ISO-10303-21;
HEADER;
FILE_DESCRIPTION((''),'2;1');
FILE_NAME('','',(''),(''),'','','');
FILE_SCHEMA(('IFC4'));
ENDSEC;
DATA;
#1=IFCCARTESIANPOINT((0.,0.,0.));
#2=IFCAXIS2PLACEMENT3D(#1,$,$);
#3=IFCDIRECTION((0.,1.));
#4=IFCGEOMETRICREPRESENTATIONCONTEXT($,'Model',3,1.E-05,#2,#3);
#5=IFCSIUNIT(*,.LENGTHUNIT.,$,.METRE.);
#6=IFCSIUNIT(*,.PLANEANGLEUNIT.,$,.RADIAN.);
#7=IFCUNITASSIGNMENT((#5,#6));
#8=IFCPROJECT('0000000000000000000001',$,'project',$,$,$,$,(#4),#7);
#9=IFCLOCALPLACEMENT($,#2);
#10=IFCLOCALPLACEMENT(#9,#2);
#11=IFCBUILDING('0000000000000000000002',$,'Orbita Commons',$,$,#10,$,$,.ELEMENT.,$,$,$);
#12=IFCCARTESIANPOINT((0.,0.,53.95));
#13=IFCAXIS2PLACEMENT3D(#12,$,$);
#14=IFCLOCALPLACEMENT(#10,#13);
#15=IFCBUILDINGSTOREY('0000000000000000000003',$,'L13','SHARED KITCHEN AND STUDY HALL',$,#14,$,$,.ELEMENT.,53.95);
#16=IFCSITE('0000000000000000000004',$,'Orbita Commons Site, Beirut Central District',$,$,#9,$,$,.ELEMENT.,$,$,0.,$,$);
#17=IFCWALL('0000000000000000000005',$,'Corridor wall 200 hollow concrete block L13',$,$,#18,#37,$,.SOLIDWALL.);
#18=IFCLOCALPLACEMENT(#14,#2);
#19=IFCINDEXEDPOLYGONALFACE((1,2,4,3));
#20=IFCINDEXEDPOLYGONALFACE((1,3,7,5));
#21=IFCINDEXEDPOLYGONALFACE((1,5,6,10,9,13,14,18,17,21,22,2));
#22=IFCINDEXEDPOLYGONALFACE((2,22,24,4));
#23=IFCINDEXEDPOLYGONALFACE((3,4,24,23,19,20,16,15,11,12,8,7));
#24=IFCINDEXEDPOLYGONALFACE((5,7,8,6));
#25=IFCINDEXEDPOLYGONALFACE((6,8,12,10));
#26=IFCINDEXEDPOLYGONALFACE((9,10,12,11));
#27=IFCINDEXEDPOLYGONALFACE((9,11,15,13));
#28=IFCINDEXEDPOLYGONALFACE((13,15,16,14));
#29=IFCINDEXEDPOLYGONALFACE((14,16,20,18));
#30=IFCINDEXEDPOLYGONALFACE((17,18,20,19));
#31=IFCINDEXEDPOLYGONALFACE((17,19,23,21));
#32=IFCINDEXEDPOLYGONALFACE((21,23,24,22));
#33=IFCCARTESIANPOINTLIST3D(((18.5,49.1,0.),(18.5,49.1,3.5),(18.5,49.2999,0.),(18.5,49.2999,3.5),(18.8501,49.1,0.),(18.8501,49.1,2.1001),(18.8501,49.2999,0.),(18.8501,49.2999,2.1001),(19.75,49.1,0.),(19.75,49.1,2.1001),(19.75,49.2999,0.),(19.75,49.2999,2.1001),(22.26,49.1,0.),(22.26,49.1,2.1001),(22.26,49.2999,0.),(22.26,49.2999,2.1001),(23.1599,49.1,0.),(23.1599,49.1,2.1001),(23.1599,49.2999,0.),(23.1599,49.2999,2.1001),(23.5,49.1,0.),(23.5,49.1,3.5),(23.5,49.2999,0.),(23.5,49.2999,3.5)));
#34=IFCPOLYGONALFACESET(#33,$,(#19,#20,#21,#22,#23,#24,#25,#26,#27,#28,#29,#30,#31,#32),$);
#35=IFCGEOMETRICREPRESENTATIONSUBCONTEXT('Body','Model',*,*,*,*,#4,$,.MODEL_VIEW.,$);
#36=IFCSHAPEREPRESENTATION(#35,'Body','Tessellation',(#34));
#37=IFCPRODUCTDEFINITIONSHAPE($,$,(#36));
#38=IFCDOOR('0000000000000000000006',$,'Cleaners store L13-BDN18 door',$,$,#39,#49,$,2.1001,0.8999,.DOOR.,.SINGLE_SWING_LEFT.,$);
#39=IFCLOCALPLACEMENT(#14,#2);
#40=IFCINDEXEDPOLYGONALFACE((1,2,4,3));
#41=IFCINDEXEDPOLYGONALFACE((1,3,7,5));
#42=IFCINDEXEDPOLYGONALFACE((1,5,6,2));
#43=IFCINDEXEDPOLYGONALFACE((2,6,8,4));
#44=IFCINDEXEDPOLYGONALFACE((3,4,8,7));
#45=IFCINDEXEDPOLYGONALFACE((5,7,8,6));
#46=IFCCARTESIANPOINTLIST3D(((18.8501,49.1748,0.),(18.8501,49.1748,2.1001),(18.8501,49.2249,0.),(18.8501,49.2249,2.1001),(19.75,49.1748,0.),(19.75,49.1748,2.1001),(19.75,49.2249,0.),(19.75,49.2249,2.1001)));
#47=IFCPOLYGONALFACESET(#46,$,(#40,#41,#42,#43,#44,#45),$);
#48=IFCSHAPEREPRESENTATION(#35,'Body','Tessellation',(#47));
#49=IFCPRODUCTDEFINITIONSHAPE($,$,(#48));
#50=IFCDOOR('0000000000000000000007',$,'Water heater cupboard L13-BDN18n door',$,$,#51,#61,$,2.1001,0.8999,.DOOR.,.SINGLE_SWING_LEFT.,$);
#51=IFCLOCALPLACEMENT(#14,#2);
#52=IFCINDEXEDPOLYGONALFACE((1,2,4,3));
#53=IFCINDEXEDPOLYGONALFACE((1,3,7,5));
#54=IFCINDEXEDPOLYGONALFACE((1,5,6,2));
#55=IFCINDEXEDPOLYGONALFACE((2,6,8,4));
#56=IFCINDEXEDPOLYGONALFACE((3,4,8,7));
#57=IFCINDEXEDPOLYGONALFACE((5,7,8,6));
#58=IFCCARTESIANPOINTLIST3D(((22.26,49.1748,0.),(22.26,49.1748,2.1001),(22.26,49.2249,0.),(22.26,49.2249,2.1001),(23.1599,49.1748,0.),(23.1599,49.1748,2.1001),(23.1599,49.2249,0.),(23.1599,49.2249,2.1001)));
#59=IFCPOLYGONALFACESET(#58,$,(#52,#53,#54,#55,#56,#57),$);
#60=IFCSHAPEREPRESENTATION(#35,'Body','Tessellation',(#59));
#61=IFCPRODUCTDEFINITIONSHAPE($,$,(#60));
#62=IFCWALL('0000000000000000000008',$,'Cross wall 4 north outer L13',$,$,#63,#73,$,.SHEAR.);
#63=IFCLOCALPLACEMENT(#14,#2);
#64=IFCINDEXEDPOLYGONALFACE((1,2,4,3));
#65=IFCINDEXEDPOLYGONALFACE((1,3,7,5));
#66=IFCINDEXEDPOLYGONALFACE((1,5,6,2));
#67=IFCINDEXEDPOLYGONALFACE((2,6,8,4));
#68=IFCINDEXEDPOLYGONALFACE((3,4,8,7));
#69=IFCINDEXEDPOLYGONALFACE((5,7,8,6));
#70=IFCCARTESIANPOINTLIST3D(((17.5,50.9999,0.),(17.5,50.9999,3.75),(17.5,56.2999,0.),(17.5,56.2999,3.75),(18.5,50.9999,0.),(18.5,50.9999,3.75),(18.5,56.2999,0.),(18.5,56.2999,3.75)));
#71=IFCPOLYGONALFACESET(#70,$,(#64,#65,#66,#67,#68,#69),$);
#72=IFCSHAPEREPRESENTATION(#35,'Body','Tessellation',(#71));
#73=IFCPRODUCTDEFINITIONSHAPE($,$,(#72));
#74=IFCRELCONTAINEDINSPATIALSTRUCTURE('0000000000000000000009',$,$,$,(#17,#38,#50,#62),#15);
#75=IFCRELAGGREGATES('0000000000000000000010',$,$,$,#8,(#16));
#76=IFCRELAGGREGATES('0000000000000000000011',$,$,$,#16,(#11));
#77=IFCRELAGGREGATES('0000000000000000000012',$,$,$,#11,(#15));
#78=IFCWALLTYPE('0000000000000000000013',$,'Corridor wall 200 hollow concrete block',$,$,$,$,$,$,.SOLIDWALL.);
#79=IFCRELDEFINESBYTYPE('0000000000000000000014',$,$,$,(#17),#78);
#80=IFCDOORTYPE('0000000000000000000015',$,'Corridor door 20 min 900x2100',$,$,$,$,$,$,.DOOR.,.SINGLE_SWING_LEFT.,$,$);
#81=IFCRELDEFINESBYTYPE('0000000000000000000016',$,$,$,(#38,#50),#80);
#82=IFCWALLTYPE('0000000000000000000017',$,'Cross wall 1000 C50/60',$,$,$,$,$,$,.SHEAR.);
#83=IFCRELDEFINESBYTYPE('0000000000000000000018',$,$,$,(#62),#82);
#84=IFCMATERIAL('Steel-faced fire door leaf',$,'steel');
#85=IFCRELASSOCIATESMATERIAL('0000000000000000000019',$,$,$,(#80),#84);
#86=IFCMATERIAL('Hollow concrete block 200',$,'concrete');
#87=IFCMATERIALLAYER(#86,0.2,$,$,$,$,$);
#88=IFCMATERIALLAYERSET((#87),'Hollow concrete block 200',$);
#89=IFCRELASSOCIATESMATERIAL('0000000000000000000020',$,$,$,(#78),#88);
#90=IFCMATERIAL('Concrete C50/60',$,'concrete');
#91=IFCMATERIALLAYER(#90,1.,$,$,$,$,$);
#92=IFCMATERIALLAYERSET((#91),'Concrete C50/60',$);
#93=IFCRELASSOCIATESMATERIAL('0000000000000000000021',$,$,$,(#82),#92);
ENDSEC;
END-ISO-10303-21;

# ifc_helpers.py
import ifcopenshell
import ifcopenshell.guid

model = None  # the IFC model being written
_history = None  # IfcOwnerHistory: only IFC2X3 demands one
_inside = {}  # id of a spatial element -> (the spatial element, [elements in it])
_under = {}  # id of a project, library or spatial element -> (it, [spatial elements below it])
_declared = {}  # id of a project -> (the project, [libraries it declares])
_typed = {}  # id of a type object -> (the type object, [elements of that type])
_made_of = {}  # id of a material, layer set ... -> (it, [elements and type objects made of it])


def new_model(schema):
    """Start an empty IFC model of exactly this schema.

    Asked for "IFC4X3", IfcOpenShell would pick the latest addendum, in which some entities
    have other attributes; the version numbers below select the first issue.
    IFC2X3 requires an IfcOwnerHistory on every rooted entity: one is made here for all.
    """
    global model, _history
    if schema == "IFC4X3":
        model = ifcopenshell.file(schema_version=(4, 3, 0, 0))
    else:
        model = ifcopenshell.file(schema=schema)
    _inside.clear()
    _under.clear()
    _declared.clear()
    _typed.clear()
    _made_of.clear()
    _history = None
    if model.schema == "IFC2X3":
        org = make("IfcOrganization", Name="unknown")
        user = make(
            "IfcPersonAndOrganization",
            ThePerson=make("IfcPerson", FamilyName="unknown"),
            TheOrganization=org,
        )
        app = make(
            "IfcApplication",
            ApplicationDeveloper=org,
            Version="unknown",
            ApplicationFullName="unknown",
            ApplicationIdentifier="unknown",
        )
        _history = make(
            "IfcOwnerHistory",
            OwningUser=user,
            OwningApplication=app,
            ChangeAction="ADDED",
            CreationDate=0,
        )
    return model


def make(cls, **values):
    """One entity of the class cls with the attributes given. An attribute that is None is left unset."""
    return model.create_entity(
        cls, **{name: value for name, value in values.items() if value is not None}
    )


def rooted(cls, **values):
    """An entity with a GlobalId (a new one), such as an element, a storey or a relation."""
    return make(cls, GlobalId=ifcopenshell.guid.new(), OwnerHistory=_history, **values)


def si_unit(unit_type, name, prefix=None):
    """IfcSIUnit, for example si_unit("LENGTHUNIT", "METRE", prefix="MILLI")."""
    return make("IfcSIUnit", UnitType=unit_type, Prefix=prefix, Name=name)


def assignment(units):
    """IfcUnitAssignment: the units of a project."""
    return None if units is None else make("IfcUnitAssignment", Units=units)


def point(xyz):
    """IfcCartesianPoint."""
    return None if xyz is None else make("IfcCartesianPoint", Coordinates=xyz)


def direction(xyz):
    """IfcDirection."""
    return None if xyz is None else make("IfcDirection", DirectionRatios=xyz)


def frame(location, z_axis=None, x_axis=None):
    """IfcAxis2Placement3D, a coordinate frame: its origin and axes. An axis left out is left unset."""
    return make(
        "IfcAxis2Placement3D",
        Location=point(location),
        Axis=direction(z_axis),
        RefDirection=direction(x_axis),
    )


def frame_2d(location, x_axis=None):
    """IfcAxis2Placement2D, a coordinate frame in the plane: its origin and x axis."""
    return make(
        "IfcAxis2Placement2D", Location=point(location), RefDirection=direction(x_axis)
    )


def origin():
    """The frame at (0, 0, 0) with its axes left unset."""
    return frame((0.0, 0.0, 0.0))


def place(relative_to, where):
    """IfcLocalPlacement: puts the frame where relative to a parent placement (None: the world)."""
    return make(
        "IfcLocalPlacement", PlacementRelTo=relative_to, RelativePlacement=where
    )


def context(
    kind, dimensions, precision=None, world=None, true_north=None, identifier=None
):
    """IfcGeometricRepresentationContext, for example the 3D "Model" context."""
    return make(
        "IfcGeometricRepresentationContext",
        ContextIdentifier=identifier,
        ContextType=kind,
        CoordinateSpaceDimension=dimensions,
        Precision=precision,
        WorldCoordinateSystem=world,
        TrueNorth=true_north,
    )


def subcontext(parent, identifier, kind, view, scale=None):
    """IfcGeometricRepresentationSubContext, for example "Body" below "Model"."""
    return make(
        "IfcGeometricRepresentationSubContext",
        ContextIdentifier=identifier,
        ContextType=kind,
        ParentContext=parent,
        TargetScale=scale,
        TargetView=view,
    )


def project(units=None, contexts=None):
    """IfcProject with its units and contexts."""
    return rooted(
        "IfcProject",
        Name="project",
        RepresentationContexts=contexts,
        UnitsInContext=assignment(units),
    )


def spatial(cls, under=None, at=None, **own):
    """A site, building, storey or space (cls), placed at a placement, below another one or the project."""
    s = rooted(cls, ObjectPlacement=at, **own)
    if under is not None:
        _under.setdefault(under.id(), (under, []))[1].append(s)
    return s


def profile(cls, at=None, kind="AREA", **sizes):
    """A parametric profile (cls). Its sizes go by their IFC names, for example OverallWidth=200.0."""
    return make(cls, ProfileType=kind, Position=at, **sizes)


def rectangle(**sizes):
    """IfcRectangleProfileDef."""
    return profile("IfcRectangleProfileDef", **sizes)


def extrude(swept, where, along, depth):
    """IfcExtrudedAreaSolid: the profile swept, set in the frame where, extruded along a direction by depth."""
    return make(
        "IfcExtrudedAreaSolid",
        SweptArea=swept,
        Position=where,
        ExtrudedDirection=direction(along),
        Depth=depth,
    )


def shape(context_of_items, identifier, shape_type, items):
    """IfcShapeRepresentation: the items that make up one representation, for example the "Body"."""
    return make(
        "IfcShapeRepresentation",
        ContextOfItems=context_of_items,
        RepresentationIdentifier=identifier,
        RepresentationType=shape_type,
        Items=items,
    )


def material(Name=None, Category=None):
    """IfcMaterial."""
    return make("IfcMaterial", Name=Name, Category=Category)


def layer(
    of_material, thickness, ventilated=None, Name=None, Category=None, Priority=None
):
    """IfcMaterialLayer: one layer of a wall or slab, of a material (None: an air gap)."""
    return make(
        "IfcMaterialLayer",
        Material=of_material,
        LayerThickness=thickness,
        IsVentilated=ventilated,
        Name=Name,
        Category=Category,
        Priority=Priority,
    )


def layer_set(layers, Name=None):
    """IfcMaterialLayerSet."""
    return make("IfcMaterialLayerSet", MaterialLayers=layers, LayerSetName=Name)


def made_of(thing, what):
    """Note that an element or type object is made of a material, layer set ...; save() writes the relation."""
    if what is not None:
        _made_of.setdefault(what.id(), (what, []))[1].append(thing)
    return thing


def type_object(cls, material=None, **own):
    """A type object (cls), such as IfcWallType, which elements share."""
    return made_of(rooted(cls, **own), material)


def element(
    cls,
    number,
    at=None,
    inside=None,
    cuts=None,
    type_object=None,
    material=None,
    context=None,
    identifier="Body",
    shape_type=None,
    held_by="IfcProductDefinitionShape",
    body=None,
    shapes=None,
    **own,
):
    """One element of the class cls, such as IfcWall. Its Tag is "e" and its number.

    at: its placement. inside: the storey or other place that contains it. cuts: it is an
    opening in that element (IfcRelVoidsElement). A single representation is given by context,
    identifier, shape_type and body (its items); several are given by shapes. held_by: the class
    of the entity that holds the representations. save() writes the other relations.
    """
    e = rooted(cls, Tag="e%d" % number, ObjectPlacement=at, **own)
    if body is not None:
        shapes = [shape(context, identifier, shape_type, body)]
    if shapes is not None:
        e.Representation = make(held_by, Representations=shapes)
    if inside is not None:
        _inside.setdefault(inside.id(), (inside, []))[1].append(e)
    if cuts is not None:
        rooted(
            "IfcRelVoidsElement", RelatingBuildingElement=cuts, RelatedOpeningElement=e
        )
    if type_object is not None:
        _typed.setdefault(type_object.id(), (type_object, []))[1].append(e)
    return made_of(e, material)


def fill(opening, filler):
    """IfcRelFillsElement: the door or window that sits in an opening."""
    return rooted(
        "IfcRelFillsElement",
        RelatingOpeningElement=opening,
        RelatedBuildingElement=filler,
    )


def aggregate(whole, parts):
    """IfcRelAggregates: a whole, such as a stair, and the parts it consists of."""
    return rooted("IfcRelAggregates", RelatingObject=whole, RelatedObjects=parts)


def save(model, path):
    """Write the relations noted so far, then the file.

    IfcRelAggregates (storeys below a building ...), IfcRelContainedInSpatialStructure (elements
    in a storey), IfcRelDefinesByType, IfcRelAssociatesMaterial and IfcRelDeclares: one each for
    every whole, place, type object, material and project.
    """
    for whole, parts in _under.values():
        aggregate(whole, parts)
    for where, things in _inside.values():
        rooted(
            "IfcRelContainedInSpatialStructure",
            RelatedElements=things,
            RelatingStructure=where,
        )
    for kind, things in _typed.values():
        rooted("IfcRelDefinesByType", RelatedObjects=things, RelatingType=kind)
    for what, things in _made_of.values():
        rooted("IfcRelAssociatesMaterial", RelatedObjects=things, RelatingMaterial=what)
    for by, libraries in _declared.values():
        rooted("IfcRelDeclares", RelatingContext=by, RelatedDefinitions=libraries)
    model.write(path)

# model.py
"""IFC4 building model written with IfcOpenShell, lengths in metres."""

from ifc_helpers import new_model, si_unit, direction, frame, frame_2d, origin, place, context, subcontext, project, spatial, rectangle, extrude, material, layer, layer_set, type_object, element, fill, save


model = new_model("IFC4")

# Units and contexts
model_context = context("Model", 3, precision=1e-05, world=origin(), true_north=direction((0.0, 1.0)))
body_context = subcontext(model_context, "Body", "Model", "MODEL_VIEW")
ifc_project = project(units=[si_unit("LENGTHUNIT", "METRE"), si_unit("PLANEANGLEUNIT", "RADIAN")], contexts=[model_context])

# Site, building, storey
site_placement = place(None, origin())
site = spatial("IfcSite", under=ifc_project, at=site_placement, Name="Orbita Commons Site, Beirut Central District", CompositionType="ELEMENT", RefElevation=0.0)
building_placement = place(site_placement, origin())
building = spatial("IfcBuilding", under=site, at=building_placement, Name="Orbita Commons", CompositionType="ELEMENT")
storey_placement = place(building_placement, frame((0.0, 0.0, 53.95)))
storey = spatial("IfcBuildingStorey", under=building, at=storey_placement, Name="L13", Description="SHARED KITCHEN AND STUDY HALL", CompositionType="ELEMENT", Elevation=53.95)

# Shared definitions
ifc_material_1 = material(Name="Steel-faced fire door leaf", Category="steel")
door_type_1 = type_object("IfcDoorType", Name="Corridor door 20 min 900x2100", OperationType="SINGLE_SWING_LEFT", PredefinedType="DOOR", material=ifc_material_1)

# Shared definitions
ifc_material_2 = material(Name="Hollow concrete block 200", Category="concrete")
ifc_layer_1 = layer(ifc_material_2, 0.2)
ifc_layer_set_1 = layer_set([ifc_layer_1], Name="Hollow concrete block 200")
wall_type_1 = type_object("IfcWallType", Name="Corridor wall 200 hollow concrete block", PredefinedType="SOLIDWALL", material=ifc_layer_set_1)

# Wall, openings, doors
wall_1_placement = place(storey_placement, frame((18.5, 49.2, 0.0), z_axis=(0.0, 0.0, 1.0), x_axis=(1.0, 0.0, 0.0)))
wall_1 = element("IfcWall", 1, at=wall_1_placement, inside=storey, type_object=wall_type_1, Name="Corridor wall 200 hollow concrete block L13", PredefinedType="SOLIDWALL", context=body_context, shape_type="SweptSolid", body=[
    extrude(rectangle(XDim=5.0, YDim=0.2, at=frame_2d((2.5, 0.0))), origin(), (0.0, 0.0, 1.0), 3.5),
])
opening_1_placement = place(wall_1_placement, frame((0.3501, 0.0, 0.0)))
opening_1 = element("IfcOpeningElement", 2, at=opening_1_placement, cuts=wall_1, PredefinedType="OPENING", context=body_context, shape_type="SweptSolid", body=[
    extrude(rectangle(XDim=0.8999, YDim=2.1001, at=frame_2d((0.45, 1.05))), frame((0.0, 0.1099, 0.0), z_axis=(0.0, -1.0, 0.0), x_axis=(1.0, 0.0, 0.0)), (0.0, 0.0, 1.0), 0.22),
])
opening_2_placement = place(wall_1_placement, frame((3.76, 0.0, 0.0)))
opening_2 = element("IfcOpeningElement", 3, at=opening_2_placement, cuts=wall_1, PredefinedType="OPENING", context=body_context, shape_type="SweptSolid", body=[
    extrude(rectangle(XDim=0.8999, YDim=2.1001, at=frame_2d((0.45, 1.05))), frame((0.0, 0.1099, 0.0), z_axis=(0.0, -1.0, 0.0), x_axis=(1.0, 0.0, 0.0)), (0.0, 0.0, 1.0), 0.22),
])
door_1_placement = place(opening_1_placement, origin())
door_1 = element("IfcDoor", 4, at=door_1_placement, inside=storey, type_object=door_type_1, Name="Cleaners store L13-BDN18 door", OperationType="SINGLE_SWING_LEFT", OverallHeight=2.1001, OverallWidth=0.8999, PredefinedType="DOOR", context=body_context, shape_type="SweptSolid", body=[
    extrude(rectangle(XDim=0.8999, YDim=2.1001, at=frame_2d((0.45, 1.05))), frame((0.0, 0.0249, 0.0), z_axis=(0.0, -1.0, 0.0), x_axis=(1.0, 0.0, 0.0)), (0.0, 0.0, 1.0), 0.05),
])
fill(opening_1, door_1)
door_2_placement = place(opening_2_placement, origin())
door_2 = element("IfcDoor", 5, at=door_2_placement, inside=storey, type_object=door_type_1, Name="Water heater cupboard L13-BDN18n door", OperationType="SINGLE_SWING_LEFT", OverallHeight=2.1001, OverallWidth=0.8999, PredefinedType="DOOR", context=body_context, shape_type="SweptSolid", body=[
    extrude(rectangle(XDim=0.8999, YDim=2.1001, at=frame_2d((0.45, 1.05))), frame((0.0, 0.0249, 0.0), z_axis=(0.0, -1.0, 0.0), x_axis=(1.0, 0.0, 0.0)), (0.0, 0.0, 1.0), 0.05),
])
fill(opening_2, door_2)

# Wall
ifc_material_3 = material(Name="Concrete C50/60", Category="concrete")
ifc_layer_2 = layer(ifc_material_3, 1.0)
ifc_layer_set_2 = layer_set([ifc_layer_2], Name="Concrete C50/60")
wall_type_2 = type_object("IfcWallType", Name="Cross wall 1000 C50/60", PredefinedType="SHEAR", material=ifc_layer_set_2)
wall_2_placement = place(storey_placement, frame((18.0, 51.0, 0.0), z_axis=(0.0, 0.0, 1.0), x_axis=(0.0, 1.0, 0.0)))
element("IfcWall", 6, at=wall_2_placement, inside=storey, type_object=wall_type_2, Name="Cross wall 4 north outer L13", PredefinedType="SHEAR", context=body_context, shape_type="SweptSolid", body=[
    extrude(rectangle(XDim=5.3, YDim=1.0, at=frame_2d((2.6499, 0.0))), origin(), (0.0, 0.0, 1.0), 3.75),
])

save(model, "model.ifc")
